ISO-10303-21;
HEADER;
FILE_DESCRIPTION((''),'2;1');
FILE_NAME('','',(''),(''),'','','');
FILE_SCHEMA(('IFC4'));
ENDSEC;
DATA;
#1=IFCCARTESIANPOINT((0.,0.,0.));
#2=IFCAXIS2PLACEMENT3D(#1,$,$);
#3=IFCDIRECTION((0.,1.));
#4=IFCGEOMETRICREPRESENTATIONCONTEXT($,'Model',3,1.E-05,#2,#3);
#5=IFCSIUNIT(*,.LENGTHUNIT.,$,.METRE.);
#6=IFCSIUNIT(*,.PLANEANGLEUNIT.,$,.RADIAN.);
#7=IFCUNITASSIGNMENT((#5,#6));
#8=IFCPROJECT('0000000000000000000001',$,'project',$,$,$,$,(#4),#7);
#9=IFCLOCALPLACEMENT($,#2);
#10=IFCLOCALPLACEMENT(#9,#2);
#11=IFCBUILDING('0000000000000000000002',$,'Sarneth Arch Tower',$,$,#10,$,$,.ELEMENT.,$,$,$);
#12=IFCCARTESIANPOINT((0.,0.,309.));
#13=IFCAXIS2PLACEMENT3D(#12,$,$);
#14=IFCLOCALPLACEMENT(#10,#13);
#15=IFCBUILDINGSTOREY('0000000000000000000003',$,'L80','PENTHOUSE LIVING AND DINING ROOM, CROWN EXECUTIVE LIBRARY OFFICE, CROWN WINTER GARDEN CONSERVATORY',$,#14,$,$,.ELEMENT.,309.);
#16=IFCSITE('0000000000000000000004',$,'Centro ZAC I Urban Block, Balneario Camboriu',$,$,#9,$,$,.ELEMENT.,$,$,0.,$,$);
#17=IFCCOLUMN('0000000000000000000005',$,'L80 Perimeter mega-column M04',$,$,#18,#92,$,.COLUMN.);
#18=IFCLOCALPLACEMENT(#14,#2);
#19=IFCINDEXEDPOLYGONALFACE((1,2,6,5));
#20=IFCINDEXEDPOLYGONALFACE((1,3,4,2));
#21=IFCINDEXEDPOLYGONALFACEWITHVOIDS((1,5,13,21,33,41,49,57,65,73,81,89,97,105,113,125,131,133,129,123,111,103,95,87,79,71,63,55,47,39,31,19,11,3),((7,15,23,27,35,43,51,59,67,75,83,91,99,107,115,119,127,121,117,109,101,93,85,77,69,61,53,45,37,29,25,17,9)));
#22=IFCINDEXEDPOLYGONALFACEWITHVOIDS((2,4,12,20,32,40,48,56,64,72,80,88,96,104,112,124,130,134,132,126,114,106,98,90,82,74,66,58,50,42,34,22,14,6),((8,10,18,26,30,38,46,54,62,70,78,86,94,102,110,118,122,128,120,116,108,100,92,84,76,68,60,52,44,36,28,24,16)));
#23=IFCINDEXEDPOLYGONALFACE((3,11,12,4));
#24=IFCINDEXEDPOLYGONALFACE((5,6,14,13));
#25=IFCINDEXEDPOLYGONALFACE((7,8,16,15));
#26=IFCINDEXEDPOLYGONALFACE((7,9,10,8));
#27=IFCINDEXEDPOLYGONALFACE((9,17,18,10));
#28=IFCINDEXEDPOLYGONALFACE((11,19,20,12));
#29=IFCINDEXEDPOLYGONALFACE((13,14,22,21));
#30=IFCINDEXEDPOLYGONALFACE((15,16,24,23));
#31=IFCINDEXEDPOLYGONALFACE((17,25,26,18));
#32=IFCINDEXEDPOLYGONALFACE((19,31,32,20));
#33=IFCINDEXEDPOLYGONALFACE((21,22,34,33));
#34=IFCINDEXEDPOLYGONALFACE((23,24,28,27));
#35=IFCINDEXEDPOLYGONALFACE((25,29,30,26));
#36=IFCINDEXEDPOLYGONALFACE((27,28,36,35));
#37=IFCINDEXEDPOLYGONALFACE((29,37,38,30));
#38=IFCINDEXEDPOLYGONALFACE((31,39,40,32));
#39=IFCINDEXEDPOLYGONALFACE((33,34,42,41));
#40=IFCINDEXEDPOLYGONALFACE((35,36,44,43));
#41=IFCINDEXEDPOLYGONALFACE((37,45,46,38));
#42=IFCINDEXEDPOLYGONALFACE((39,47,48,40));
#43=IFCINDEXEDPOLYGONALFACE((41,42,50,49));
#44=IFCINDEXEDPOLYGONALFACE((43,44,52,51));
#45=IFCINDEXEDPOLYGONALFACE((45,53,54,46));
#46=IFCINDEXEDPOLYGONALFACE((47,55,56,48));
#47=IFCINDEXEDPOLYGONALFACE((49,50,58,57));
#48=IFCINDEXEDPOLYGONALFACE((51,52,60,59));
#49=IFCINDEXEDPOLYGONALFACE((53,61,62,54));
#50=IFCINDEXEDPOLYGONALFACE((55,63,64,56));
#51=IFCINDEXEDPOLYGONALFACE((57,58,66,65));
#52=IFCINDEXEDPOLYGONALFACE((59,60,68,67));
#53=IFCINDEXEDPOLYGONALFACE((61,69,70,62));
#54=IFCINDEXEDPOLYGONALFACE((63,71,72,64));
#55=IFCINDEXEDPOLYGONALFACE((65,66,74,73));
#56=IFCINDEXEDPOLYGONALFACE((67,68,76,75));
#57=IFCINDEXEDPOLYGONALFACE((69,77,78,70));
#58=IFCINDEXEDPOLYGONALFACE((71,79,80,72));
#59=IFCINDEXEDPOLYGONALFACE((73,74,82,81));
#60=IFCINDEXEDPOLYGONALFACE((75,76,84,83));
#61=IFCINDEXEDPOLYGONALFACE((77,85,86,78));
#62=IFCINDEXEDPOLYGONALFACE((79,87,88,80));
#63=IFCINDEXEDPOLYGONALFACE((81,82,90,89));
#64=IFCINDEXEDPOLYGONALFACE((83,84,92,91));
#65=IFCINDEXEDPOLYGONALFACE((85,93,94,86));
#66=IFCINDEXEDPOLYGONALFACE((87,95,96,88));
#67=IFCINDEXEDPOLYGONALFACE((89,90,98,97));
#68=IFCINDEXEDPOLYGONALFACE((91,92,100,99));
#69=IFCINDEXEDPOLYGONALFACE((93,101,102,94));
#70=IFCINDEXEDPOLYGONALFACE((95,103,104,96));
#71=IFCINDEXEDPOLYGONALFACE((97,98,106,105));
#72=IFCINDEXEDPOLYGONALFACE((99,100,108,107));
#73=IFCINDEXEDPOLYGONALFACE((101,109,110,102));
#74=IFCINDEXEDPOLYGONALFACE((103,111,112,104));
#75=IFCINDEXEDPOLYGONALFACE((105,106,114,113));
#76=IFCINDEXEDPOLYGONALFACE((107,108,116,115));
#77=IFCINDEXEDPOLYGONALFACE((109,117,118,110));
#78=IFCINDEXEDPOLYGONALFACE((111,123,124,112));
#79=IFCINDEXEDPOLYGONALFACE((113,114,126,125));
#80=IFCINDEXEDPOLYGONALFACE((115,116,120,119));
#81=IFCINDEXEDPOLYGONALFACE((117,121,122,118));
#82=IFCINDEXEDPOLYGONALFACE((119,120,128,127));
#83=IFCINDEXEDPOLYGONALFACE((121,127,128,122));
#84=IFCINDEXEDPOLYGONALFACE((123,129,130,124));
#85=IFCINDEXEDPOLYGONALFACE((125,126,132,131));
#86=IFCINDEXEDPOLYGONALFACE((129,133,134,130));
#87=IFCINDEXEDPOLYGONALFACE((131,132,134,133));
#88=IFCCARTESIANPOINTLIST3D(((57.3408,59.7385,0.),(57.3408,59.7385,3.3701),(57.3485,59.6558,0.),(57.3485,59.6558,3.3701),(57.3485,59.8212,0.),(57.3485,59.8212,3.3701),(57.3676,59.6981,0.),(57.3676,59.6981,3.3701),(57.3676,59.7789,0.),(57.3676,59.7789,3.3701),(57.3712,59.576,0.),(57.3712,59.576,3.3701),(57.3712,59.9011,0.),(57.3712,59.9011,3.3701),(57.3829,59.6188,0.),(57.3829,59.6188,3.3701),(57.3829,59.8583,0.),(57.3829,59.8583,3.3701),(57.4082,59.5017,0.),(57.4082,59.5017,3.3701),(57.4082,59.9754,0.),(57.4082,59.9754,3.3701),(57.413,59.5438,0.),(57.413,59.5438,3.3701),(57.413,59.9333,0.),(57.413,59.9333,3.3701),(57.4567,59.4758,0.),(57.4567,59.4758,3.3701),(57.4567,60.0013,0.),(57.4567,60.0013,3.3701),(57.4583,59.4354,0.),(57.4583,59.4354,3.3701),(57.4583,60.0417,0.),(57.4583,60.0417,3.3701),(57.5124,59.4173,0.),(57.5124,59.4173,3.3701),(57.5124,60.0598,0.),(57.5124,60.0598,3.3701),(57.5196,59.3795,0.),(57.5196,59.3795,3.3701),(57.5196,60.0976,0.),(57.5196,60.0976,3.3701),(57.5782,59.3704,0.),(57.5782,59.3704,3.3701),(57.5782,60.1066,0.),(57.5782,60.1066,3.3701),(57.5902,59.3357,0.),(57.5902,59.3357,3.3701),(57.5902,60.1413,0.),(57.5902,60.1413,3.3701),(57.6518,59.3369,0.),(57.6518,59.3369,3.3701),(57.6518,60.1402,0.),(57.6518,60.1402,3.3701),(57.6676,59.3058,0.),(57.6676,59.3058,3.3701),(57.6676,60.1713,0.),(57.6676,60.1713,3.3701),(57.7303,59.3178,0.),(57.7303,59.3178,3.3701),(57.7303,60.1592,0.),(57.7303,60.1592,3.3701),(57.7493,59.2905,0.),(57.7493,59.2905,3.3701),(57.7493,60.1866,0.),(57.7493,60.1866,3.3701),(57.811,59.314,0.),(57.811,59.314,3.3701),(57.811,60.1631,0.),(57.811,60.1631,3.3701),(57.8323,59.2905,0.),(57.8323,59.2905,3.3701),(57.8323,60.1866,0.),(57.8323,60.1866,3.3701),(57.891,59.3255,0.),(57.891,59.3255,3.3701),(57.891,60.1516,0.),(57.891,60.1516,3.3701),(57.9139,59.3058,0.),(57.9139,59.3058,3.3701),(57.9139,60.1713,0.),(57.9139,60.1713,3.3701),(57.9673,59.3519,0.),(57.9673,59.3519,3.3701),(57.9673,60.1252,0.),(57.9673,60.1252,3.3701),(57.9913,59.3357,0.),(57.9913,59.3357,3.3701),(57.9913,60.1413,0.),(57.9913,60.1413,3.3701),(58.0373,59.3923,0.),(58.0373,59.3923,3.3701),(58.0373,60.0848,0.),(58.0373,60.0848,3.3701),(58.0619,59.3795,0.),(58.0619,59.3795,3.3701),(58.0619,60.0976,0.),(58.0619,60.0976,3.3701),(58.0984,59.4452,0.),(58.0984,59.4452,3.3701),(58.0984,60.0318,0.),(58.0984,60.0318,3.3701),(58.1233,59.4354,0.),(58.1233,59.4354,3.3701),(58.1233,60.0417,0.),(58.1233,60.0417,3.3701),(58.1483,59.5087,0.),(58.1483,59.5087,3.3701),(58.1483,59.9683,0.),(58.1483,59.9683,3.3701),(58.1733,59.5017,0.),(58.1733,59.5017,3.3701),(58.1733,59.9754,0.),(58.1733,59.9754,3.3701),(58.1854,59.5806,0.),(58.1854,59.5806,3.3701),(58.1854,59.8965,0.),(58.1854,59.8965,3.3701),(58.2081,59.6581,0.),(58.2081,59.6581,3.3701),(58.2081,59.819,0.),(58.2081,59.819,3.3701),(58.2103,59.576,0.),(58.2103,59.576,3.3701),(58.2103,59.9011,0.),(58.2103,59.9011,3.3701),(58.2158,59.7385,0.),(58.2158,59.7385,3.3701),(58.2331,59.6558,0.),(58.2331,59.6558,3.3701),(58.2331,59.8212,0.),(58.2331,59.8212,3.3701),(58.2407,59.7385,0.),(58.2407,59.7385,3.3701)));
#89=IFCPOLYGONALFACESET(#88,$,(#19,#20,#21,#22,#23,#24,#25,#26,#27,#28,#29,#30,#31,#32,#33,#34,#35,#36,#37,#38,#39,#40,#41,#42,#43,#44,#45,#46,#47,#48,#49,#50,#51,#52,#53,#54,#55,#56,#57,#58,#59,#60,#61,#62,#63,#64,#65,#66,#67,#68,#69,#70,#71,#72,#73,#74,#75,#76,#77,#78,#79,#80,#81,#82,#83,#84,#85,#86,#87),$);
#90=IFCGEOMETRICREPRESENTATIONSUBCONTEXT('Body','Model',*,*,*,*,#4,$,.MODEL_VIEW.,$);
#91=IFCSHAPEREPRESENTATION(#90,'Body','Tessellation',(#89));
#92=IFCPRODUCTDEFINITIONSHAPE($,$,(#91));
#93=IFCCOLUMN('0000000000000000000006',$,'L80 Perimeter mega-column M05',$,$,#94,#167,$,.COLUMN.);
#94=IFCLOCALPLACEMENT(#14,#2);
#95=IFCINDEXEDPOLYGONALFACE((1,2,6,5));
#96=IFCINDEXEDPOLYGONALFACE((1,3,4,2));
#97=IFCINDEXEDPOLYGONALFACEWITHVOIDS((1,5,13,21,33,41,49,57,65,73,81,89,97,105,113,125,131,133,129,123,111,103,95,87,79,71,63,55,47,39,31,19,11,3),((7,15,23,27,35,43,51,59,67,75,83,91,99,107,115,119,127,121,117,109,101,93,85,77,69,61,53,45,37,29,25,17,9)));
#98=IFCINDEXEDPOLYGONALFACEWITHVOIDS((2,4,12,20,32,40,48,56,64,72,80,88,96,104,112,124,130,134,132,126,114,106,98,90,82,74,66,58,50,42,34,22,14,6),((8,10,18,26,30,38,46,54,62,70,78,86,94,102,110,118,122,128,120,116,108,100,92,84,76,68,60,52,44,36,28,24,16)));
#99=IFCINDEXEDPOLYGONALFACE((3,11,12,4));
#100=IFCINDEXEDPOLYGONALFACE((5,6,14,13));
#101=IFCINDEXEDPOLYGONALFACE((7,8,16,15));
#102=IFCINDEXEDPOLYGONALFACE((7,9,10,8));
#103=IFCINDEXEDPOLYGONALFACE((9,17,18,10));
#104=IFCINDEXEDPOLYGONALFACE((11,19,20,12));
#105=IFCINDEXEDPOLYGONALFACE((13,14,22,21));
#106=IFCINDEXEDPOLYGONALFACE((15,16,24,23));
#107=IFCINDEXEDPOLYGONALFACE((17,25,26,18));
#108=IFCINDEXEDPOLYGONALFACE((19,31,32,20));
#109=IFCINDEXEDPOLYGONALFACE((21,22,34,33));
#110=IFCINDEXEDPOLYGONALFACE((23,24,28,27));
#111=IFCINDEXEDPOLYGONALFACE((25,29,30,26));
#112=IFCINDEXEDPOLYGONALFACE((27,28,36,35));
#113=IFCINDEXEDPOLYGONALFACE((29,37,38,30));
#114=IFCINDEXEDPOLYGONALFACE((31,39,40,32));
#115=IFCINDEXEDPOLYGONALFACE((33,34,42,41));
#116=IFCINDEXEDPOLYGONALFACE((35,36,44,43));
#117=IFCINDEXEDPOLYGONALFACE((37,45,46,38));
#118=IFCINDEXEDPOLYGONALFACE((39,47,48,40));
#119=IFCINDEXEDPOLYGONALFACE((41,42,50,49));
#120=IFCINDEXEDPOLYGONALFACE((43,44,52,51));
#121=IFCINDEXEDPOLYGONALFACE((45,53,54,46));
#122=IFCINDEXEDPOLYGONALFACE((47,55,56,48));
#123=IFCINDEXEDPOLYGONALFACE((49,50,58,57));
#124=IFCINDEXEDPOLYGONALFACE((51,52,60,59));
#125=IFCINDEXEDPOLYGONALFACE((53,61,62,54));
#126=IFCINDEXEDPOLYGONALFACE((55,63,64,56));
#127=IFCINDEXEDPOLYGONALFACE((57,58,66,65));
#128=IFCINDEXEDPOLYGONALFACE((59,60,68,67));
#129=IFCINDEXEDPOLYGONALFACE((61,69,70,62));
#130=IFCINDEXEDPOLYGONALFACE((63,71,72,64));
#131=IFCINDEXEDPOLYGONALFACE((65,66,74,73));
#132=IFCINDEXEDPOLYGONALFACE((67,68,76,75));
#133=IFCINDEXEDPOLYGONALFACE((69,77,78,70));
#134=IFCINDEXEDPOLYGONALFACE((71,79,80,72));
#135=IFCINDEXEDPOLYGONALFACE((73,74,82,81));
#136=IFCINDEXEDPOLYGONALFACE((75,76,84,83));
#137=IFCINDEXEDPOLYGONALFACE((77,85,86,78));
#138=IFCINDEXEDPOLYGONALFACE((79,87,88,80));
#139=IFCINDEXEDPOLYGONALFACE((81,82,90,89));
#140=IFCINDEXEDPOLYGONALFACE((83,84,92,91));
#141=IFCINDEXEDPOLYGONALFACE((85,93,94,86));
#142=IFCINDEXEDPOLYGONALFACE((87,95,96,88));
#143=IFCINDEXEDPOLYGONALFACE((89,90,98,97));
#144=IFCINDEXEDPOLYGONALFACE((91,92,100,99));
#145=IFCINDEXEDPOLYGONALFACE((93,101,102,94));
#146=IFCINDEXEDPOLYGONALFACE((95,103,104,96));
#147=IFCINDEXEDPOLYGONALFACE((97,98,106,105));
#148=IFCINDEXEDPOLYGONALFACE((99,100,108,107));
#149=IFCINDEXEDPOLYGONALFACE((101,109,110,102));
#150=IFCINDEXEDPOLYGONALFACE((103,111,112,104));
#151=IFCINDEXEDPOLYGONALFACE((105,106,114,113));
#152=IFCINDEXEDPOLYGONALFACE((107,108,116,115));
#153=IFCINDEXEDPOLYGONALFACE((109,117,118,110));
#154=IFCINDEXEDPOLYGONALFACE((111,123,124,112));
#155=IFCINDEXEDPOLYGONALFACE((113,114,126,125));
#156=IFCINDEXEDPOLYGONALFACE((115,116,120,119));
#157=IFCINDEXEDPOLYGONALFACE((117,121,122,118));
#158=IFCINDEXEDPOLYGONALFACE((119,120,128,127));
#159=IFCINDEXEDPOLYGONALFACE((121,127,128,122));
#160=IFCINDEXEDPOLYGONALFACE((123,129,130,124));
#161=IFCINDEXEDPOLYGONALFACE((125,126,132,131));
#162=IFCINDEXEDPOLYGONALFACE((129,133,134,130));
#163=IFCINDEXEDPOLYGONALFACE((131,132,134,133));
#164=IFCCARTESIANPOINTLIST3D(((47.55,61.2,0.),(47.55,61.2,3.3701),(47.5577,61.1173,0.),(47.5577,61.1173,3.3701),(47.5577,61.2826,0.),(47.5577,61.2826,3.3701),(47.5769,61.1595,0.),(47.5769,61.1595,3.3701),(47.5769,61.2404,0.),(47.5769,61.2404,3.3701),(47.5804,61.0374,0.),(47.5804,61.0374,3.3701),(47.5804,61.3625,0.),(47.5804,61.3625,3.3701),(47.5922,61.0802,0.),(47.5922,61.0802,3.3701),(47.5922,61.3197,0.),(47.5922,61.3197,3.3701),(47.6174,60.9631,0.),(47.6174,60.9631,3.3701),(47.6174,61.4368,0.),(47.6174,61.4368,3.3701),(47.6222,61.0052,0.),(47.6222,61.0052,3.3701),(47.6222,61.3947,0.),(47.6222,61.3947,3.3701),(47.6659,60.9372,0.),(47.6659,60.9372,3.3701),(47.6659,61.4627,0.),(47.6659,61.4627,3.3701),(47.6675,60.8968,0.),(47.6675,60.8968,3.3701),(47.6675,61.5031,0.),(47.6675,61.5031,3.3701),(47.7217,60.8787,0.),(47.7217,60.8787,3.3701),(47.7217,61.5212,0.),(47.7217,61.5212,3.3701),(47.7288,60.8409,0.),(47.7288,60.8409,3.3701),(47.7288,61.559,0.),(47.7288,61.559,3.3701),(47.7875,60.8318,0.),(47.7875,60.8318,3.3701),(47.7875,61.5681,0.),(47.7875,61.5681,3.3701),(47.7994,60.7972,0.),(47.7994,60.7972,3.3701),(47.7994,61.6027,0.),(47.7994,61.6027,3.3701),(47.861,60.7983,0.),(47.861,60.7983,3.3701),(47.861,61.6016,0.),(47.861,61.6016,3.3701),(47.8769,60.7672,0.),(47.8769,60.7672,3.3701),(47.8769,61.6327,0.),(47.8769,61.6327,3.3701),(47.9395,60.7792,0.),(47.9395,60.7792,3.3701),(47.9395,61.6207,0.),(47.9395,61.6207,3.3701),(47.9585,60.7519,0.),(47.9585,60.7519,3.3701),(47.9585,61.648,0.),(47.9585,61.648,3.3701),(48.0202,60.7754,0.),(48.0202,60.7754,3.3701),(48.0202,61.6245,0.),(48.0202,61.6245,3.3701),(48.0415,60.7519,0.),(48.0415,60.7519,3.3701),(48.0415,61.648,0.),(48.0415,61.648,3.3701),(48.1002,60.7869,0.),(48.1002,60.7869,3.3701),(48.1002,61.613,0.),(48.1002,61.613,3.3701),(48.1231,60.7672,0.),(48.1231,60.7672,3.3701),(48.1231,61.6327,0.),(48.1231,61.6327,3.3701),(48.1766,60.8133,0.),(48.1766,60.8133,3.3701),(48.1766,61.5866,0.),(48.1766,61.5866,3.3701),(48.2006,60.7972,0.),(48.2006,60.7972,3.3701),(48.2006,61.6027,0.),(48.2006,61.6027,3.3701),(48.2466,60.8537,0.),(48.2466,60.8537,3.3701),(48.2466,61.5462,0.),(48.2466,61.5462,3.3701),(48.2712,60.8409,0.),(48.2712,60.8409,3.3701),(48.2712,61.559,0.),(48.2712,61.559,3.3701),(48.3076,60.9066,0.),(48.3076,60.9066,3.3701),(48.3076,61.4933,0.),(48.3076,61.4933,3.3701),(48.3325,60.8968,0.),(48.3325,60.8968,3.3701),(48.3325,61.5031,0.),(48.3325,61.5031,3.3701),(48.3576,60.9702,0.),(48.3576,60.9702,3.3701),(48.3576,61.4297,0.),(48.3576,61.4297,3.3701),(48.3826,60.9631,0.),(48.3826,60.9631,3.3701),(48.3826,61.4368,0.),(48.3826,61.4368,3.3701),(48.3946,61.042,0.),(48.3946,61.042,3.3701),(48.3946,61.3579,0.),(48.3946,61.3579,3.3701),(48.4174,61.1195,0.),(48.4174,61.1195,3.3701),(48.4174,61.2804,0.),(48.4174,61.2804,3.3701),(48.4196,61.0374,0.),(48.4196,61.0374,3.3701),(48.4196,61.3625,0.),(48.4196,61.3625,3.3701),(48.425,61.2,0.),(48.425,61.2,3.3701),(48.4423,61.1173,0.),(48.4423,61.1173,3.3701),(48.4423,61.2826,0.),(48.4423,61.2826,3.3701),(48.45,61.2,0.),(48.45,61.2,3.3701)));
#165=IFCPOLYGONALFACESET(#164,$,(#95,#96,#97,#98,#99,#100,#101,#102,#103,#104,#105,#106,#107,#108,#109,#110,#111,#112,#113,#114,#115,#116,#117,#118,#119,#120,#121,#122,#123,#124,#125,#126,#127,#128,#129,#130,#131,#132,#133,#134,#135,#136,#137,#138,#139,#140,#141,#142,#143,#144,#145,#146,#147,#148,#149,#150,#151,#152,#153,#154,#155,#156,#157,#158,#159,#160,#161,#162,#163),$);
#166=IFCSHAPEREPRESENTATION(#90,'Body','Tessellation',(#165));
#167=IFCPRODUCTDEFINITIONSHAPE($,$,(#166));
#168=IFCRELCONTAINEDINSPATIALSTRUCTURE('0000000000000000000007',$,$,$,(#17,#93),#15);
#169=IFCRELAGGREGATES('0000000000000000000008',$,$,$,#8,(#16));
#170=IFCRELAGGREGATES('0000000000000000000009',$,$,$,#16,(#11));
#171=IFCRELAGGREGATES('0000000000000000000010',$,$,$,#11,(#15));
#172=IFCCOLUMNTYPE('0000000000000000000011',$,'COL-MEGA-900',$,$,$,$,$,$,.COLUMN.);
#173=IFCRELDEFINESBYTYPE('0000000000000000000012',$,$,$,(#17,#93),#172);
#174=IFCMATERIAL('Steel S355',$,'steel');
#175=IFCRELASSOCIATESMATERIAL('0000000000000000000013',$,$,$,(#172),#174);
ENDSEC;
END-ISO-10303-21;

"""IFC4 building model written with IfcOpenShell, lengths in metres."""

from ifc_helpers import new_model, si_unit, direction, frame, origin, origin_2d, place, context, subcontext, project, spatial, hollow_circle, extrude, material, material_profile, profile_set, type_object, element, save


model = new_model("IFC4")

# Units and contexts
model_context = context("Model", 3, precision=1e-05, world=origin(), true_north=direction((0.0, 1.0)))
body_context = subcontext(model_context, "Body", "Model", "MODEL_VIEW")
ifc_project = project(units=[si_unit("LENGTHUNIT", "METRE"), si_unit("PLANEANGLEUNIT", "RADIAN")], contexts=[model_context])

# Site, building, storey
site_placement = place(None, origin())
site = spatial("IfcSite", under=ifc_project, at=site_placement, Name="Centro ZAC I Urban Block, Balneario Camboriu", CompositionType="ELEMENT", RefElevation=0.0)
building_placement = place(site_placement, origin())
building = spatial("IfcBuilding", under=site, at=building_placement, Name="Sarneth Arch Tower", CompositionType="ELEMENT")
storey_placement = place(building_placement, frame((0.0, 0.0, 309.0)))
storey = spatial("IfcBuildingStorey", under=building, at=storey_placement, Name="L80", Description="PENTHOUSE LIVING AND DINING ROOM, CROWN EXECUTIVE LIBRARY OFFICE, CROWN WINTER GARDEN CONSERVATORY", CompositionType="ELEMENT", Elevation=309.0)

# Columns
ifc_material_1 = material(Name="Steel S355", Category="steel")
ifc_material_profile_1 = material_profile(ifc_material_1, hollow_circle(Radius=0.45, WallThickness=0.0249, at=origin_2d()), Name="CHS900x25")
ifc_profile_set_1 = profile_set([ifc_material_profile_1], Name="Steel S355")
column_type = type_object("IfcColumnType", Name="COL-MEGA-900", PredefinedType="COLUMN", material=ifc_profile_set_1)
for number, where, z_axis, x_axis, name in (
    (1, (57.7908, 59.7385, 0.0), (0.0, 0.0, 1.0), (1.0, 0.0, 0.0), "L80 Perimeter mega-column M04"),
    (2, (48.0, 61.2, 0.0), (0.0, 0.0, 1.0), (1.0, 0.0, 0.0), "L80 Perimeter mega-column M05"),
):
    element("IfcColumn", number, at=place(storey_placement, frame(where, z_axis=z_axis, x_axis=x_axis)), inside=storey, type_object=column_type, Name=name, PredefinedType="COLUMN", context=body_context, shape_type="SweptSolid", body=[
        extrude(hollow_circle(Radius=0.45, WallThickness=0.0249, at=origin_2d()), origin(), (0.0, 0.0, 1.0), 3.3701),
    ])

save(model, "model.ifc")
